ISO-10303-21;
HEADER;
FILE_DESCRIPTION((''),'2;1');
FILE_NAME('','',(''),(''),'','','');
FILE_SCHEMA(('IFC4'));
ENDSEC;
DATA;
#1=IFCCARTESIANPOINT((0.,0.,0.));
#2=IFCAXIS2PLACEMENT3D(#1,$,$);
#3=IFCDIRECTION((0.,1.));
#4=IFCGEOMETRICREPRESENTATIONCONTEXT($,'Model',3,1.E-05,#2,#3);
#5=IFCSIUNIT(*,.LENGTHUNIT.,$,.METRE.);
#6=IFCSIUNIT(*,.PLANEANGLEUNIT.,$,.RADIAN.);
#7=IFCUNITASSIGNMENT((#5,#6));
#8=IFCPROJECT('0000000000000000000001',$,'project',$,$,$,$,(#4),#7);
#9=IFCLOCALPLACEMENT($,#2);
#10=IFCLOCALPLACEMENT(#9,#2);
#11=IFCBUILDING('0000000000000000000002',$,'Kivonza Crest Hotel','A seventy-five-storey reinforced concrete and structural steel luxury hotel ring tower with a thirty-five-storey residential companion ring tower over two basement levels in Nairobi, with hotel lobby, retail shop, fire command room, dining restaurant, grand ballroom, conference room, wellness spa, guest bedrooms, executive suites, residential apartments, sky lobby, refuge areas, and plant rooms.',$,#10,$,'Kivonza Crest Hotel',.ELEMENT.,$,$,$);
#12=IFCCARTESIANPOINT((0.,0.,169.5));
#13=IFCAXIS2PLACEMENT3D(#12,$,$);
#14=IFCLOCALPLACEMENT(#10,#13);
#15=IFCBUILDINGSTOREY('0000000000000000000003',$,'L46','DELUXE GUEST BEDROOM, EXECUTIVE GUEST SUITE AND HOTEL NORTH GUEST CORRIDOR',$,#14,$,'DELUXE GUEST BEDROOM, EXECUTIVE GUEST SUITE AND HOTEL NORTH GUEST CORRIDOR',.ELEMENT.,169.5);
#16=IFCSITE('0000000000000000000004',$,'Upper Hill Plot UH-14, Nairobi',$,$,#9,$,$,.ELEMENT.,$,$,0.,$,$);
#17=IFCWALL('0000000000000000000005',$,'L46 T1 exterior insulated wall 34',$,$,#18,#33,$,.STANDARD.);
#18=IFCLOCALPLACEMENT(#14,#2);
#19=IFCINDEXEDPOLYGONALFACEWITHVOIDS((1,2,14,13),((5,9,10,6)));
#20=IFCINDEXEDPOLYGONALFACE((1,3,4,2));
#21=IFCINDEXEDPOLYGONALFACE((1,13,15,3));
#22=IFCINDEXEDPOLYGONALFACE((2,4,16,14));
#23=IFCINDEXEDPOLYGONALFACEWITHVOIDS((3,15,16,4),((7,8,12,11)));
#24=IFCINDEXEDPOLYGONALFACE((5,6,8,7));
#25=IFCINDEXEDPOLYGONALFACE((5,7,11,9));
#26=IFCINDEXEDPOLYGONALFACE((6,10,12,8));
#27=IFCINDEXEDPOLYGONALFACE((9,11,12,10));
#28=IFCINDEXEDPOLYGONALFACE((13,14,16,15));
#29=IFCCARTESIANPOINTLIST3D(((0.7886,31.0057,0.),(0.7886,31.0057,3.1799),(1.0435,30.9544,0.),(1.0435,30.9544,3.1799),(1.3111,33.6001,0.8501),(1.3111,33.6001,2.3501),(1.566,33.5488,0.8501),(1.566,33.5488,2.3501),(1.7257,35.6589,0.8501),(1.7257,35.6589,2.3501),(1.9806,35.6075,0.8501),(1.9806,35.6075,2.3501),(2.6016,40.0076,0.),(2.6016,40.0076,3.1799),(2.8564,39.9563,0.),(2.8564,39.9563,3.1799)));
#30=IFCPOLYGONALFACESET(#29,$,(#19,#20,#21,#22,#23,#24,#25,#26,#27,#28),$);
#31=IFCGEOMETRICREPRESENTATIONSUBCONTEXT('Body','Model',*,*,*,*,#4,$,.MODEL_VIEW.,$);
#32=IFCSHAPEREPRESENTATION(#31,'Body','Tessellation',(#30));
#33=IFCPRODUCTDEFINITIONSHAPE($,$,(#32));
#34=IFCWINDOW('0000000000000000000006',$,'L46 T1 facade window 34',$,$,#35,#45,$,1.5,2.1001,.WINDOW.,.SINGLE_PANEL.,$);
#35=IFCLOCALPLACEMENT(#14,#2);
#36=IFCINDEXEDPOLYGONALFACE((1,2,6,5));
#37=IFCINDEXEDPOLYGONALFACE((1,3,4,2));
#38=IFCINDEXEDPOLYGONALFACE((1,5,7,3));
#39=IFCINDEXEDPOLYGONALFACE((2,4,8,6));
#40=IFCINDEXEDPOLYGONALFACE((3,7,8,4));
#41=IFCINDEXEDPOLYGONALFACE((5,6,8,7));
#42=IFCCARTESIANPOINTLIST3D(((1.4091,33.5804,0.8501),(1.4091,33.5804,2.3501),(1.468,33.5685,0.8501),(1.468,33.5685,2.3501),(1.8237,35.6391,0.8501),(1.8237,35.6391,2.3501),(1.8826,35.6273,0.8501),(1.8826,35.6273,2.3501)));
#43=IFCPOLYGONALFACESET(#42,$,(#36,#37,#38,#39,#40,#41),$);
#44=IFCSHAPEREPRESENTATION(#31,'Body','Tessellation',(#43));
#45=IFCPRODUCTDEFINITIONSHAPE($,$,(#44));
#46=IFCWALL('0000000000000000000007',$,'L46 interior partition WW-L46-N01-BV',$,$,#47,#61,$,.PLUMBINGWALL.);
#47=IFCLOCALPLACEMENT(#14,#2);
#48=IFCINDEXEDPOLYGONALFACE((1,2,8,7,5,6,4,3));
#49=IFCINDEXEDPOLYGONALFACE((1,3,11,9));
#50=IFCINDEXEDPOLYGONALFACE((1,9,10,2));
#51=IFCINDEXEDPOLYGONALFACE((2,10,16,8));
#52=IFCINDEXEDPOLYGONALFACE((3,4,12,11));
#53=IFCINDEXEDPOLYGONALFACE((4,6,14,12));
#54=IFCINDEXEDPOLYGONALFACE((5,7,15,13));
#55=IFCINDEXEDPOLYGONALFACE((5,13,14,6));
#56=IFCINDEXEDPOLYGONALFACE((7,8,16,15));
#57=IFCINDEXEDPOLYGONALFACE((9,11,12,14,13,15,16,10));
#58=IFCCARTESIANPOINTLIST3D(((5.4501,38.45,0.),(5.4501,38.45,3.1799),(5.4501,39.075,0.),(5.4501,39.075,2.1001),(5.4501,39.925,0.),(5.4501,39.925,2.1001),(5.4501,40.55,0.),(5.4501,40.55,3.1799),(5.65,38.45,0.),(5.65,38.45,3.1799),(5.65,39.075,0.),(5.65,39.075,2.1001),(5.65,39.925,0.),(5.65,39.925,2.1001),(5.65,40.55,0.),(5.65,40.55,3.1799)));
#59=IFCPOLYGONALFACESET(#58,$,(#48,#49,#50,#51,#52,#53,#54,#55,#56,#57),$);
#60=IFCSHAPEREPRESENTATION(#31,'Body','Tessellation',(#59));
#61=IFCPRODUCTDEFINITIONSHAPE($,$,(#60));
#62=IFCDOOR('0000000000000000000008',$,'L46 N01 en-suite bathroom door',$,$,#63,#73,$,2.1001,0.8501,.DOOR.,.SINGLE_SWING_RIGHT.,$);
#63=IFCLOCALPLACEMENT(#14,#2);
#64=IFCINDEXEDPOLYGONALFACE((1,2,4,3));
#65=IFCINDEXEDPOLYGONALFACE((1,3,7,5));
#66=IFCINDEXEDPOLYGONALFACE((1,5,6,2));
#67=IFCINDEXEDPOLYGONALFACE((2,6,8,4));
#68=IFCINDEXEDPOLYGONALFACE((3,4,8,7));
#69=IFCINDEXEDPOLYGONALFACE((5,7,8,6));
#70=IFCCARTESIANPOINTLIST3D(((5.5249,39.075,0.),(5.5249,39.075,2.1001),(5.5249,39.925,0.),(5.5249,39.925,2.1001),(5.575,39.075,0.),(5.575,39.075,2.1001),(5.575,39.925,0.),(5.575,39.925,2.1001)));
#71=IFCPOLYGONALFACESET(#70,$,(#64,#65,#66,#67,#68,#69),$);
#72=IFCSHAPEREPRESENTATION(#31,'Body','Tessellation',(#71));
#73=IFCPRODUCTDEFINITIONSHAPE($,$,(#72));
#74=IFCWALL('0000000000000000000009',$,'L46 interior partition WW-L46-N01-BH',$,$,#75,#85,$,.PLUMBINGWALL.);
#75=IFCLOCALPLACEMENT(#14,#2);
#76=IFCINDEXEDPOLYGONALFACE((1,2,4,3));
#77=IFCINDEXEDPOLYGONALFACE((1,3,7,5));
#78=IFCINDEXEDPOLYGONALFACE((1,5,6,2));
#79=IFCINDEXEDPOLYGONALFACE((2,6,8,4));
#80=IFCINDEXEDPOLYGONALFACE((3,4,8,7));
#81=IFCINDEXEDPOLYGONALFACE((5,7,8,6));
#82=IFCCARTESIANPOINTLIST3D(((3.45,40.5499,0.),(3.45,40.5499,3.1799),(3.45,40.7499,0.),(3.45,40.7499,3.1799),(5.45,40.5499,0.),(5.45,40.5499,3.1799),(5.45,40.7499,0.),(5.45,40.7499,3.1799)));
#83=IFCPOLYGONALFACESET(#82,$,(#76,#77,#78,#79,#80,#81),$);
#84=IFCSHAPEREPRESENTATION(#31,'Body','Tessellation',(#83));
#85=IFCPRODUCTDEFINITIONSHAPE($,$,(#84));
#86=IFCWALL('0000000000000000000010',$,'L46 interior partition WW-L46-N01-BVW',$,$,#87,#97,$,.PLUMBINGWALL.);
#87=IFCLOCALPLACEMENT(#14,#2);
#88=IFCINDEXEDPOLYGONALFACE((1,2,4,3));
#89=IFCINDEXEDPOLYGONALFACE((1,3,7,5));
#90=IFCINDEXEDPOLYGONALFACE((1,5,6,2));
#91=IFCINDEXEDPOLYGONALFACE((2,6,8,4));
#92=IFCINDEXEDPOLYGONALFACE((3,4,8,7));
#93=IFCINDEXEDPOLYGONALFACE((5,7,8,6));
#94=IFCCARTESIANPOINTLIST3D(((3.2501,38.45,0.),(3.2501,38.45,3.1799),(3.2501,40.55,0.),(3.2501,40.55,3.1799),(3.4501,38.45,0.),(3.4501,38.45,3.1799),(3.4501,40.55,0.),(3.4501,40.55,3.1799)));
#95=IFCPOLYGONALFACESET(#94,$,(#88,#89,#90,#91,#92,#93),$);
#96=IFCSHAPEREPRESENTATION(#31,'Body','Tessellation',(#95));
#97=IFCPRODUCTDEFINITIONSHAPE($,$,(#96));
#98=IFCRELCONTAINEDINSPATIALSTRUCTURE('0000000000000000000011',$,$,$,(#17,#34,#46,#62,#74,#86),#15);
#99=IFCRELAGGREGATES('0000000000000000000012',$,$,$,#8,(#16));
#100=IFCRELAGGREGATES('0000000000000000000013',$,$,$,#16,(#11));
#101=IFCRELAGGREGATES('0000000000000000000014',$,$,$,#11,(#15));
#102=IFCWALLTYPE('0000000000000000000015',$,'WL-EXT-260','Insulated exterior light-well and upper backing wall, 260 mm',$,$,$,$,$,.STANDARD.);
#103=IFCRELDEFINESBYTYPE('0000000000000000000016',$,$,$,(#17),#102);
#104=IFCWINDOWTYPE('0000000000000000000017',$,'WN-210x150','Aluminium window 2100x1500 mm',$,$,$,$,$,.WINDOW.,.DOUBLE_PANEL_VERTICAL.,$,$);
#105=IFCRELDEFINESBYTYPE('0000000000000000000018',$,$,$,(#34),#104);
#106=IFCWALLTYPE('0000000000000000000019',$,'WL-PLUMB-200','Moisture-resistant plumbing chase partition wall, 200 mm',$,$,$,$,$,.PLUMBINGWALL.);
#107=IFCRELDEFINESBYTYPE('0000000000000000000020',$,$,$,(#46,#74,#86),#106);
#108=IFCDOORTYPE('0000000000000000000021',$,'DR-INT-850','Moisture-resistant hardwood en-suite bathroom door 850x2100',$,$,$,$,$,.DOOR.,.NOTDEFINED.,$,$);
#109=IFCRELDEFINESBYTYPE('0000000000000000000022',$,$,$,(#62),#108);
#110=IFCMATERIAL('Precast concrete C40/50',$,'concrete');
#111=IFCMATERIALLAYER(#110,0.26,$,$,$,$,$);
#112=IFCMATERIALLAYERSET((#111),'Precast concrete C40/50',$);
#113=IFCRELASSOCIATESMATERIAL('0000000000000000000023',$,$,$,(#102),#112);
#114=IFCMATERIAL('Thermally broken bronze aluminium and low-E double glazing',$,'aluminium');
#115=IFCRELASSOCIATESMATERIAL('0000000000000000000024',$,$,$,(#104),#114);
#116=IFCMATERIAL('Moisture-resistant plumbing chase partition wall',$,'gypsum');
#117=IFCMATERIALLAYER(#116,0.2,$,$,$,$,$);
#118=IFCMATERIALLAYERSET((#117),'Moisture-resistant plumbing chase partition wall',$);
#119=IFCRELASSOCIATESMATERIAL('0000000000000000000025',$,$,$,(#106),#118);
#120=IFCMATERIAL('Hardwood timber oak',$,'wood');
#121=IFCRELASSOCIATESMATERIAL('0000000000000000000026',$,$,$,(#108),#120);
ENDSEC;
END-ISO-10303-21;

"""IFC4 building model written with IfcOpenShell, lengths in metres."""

from ifc_helpers import new_model, si_unit, direction, frame, frame_2d, origin, place, context, subcontext, project, spatial, rectangle, extrude, material, layer, layer_set, type_object, element, fill, save


model = new_model("IFC4")

# Units and contexts
model_context = context("Model", 3, precision=1e-05, world=origin(), true_north=direction((0.0, 1.0)))
body_context = subcontext(model_context, "Body", "Model", "MODEL_VIEW")
ifc_project = project(units=[si_unit("LENGTHUNIT", "METRE"), si_unit("PLANEANGLEUNIT", "RADIAN")], contexts=[model_context])

# Site, building, storey
site_placement = place(None, origin())
site = spatial("IfcSite", under=ifc_project, at=site_placement, Name="Upper Hill Plot UH-14, Nairobi", CompositionType="ELEMENT", RefElevation=0.0)
building_placement = place(site_placement, origin())
building = spatial("IfcBuilding", under=site, at=building_placement, Name="Kivonza Crest Hotel", Description="A seventy-five-storey reinforced concrete and structural steel luxury hotel ring tower with a thirty-five-storey residential companion ring tower over two basement levels in Nairobi, with hotel lobby, retail shop, fire command room, dining restaurant, grand ballroom, conference room, wellness spa, guest bedrooms, executive suites, residential apartments, sky lobby, refuge areas, and plant rooms.", LongName="Kivonza Crest Hotel", CompositionType="ELEMENT")
storey_placement = place(building_placement, frame((0.0, 0.0, 169.5)))
storey = spatial("IfcBuildingStorey", under=building, at=storey_placement, Name="L46", Description="DELUXE GUEST BEDROOM, EXECUTIVE GUEST SUITE AND HOTEL NORTH GUEST CORRIDOR", LongName="DELUXE GUEST BEDROOM, EXECUTIVE GUEST SUITE AND HOTEL NORTH GUEST CORRIDOR", CompositionType="ELEMENT", Elevation=169.5)

# Shared definitions
ifc_material_1 = material(Name="Hardwood timber oak", Category="wood")

# Shared definitions
ifc_material_2 = material(Name="Precast concrete C40/50", Category="concrete")
ifc_layer_1 = layer(ifc_material_2, 0.26)
ifc_layer_set_1 = layer_set([ifc_layer_1], Name="Precast concrete C40/50")
wall_type_1 = type_object("IfcWallType", Name="WL-EXT-260", Description="Insulated exterior light-well and upper backing wall, 260 mm", PredefinedType="STANDARD", material=ifc_layer_set_1)

# Wall, opening, window
ifc_material_3 = material(Name="Thermally broken bronze aluminium and low-E double glazing", Category="aluminium")
wall_1_placement = place(storey_placement, frame((2.729, 39.9819, 0.0), z_axis=(0.0, 0.0, 1.0), x_axis=(-0.197435, -0.980316, 0.0)))
wall_1 = element("IfcWall", 1, at=wall_1_placement, inside=storey, type_object=wall_type_1, Name="L46 T1 exterior insulated wall 34", PredefinedType="STANDARD", context=body_context, shape_type="SweptSolid", body=[
    extrude(rectangle(XDim=9.1826, YDim=0.26, at=frame_2d((4.5913, 0.0))), origin(), (0.0, 0.0, 1.0), 3.1799),
])
opening_1_placement = place(wall_1_placement, frame((4.436, 0.0, 0.8501)))
opening_1 = element("IfcOpeningElement", 2, at=opening_1_placement, cuts=wall_1, PredefinedType="OPENING", context=body_context, shape_type="SweptSolid", body=[
    extrude(rectangle(XDim=2.1001, YDim=1.5, at=frame_2d((1.05, 0.75))), frame((0.0, 0.1401, 0.0), z_axis=(0.0, -1.0, 0.0), x_axis=(1.0, 0.0, 0.0)), (0.0, 0.0, 1.0), 0.28),
])
window_type_1 = type_object("IfcWindowType", Name="WN-210x150", Description="Aluminium window 2100x1500 mm", PartitioningType="DOUBLE_PANEL_VERTICAL", PredefinedType="WINDOW", material=ifc_material_3)
window_1_placement = place(opening_1_placement, origin())
window_1 = element("IfcWindow", 3, at=window_1_placement, inside=storey, type_object=window_type_1, Name="L46 T1 facade window 34", OverallHeight=1.5, OverallWidth=2.1001, PartitioningType="SINGLE_PANEL", PredefinedType="WINDOW", context=body_context, shape_type="SweptSolid", body=[
    extrude(rectangle(XDim=2.1001, YDim=1.5, at=frame_2d((1.05, 0.75))), frame((0.0, 0.03, 0.0), z_axis=(0.0, -1.0, 0.0), x_axis=(1.0, 0.0, 0.0)), (0.0, 0.0, 1.0), 0.0601),
])
fill(opening_1, window_1)

# Wall, opening, door
ifc_material_4 = material(Name="Moisture-resistant plumbing chase partition wall", Category="gypsum")
ifc_layer_2 = layer(ifc_material_4, 0.2)
ifc_layer_set_2 = layer_set([ifc_layer_2], Name="Moisture-resistant plumbing chase partition wall")
wall_type_2 = type_object("IfcWallType", Name="WL-PLUMB-200", Description="Moisture-resistant plumbing chase partition wall, 200 mm", PredefinedType="PLUMBINGWALL", material=ifc_layer_set_2)
wall_2_placement = place(storey_placement, frame((5.55, 38.45, 0.0), z_axis=(0.0, 0.0, 1.0), x_axis=(0.0, 1.0, 0.0)))
wall_2 = element("IfcWall", 4, at=wall_2_placement, inside=storey, type_object=wall_type_2, Name="L46 interior partition WW-L46-N01-BV", PredefinedType="PLUMBINGWALL", context=body_context, shape_type="SweptSolid", body=[
    extrude(rectangle(XDim=2.1001, YDim=0.2, at=frame_2d((1.05, 0.0))), origin(), (0.0, 0.0, 1.0), 3.1799),
])
opening_2_placement = place(wall_2_placement, frame((0.625, 0.0, 0.0)))
opening_2 = element("IfcOpeningElement", 5, at=opening_2_placement, cuts=wall_2, PredefinedType="OPENING", context=body_context, shape_type="SweptSolid", body=[
    extrude(rectangle(XDim=0.8501, YDim=2.1001, at=frame_2d((0.425, 1.05))), frame((0.0, 0.1099, 0.0), z_axis=(0.0, -1.0, 0.0), x_axis=(1.0, 0.0, 0.0)), (0.0, 0.0, 1.0), 0.22),
])
door_type_1 = type_object("IfcDoorType", Name="DR-INT-850", Description="Moisture-resistant hardwood en-suite bathroom door 850x2100", OperationType="NOTDEFINED", PredefinedType="DOOR", material=ifc_material_1)
door_1_placement = place(opening_2_placement, frame((0.8501, 0.0, 0.0), z_axis=(0.0, 0.0, 1.0), x_axis=(-1.0, 0.0, 0.0)))
door_1 = element("IfcDoor", 6, at=door_1_placement, inside=storey, type_object=door_type_1, Name="L46 N01 en-suite bathroom door", OperationType="SINGLE_SWING_RIGHT", OverallHeight=2.1001, OverallWidth=0.8501, PredefinedType="DOOR", context=body_context, shape_type="SweptSolid", body=[
    extrude(rectangle(XDim=0.8501, YDim=2.1001, at=frame_2d((0.425, 1.05))), frame((0.0, 0.0249, 0.0), z_axis=(0.0, -1.0, 0.0), x_axis=(1.0, 0.0, 0.0)), (0.0, 0.0, 1.0), 0.05),
])
fill(opening_2, door_1)

# Walls
wall_3_placement = place(storey_placement, frame((3.45, 40.6499, 0.0), z_axis=(0.0, 0.0, 1.0), x_axis=(1.0, 0.0, 0.0)))
element("IfcWall", 7, at=wall_3_placement, inside=storey, type_object=wall_type_2, Name="L46 interior partition WW-L46-N01-BH", PredefinedType="PLUMBINGWALL", context=body_context, shape_type="SweptSolid", body=[
    extrude(rectangle(XDim=2.0, YDim=0.2, at=frame_2d((1.0, 0.0))), origin(), (0.0, 0.0, 1.0), 3.1799),
])
wall_4_placement = place(storey_placement, frame((3.3501, 38.45, 0.0), z_axis=(0.0, 0.0, 1.0), x_axis=(0.0, 1.0, 0.0)))
element("IfcWall", 8, at=wall_4_placement, inside=storey, type_object=wall_type_2, Name="L46 interior partition WW-L46-N01-BVW", PredefinedType="PLUMBINGWALL", context=body_context, shape_type="SweptSolid", body=[
    extrude(rectangle(XDim=2.1001, YDim=0.2, at=frame_2d((1.05, 0.0))), origin(), (0.0, 0.0, 1.0), 3.1799),
])

save(model, "model.ifc")
